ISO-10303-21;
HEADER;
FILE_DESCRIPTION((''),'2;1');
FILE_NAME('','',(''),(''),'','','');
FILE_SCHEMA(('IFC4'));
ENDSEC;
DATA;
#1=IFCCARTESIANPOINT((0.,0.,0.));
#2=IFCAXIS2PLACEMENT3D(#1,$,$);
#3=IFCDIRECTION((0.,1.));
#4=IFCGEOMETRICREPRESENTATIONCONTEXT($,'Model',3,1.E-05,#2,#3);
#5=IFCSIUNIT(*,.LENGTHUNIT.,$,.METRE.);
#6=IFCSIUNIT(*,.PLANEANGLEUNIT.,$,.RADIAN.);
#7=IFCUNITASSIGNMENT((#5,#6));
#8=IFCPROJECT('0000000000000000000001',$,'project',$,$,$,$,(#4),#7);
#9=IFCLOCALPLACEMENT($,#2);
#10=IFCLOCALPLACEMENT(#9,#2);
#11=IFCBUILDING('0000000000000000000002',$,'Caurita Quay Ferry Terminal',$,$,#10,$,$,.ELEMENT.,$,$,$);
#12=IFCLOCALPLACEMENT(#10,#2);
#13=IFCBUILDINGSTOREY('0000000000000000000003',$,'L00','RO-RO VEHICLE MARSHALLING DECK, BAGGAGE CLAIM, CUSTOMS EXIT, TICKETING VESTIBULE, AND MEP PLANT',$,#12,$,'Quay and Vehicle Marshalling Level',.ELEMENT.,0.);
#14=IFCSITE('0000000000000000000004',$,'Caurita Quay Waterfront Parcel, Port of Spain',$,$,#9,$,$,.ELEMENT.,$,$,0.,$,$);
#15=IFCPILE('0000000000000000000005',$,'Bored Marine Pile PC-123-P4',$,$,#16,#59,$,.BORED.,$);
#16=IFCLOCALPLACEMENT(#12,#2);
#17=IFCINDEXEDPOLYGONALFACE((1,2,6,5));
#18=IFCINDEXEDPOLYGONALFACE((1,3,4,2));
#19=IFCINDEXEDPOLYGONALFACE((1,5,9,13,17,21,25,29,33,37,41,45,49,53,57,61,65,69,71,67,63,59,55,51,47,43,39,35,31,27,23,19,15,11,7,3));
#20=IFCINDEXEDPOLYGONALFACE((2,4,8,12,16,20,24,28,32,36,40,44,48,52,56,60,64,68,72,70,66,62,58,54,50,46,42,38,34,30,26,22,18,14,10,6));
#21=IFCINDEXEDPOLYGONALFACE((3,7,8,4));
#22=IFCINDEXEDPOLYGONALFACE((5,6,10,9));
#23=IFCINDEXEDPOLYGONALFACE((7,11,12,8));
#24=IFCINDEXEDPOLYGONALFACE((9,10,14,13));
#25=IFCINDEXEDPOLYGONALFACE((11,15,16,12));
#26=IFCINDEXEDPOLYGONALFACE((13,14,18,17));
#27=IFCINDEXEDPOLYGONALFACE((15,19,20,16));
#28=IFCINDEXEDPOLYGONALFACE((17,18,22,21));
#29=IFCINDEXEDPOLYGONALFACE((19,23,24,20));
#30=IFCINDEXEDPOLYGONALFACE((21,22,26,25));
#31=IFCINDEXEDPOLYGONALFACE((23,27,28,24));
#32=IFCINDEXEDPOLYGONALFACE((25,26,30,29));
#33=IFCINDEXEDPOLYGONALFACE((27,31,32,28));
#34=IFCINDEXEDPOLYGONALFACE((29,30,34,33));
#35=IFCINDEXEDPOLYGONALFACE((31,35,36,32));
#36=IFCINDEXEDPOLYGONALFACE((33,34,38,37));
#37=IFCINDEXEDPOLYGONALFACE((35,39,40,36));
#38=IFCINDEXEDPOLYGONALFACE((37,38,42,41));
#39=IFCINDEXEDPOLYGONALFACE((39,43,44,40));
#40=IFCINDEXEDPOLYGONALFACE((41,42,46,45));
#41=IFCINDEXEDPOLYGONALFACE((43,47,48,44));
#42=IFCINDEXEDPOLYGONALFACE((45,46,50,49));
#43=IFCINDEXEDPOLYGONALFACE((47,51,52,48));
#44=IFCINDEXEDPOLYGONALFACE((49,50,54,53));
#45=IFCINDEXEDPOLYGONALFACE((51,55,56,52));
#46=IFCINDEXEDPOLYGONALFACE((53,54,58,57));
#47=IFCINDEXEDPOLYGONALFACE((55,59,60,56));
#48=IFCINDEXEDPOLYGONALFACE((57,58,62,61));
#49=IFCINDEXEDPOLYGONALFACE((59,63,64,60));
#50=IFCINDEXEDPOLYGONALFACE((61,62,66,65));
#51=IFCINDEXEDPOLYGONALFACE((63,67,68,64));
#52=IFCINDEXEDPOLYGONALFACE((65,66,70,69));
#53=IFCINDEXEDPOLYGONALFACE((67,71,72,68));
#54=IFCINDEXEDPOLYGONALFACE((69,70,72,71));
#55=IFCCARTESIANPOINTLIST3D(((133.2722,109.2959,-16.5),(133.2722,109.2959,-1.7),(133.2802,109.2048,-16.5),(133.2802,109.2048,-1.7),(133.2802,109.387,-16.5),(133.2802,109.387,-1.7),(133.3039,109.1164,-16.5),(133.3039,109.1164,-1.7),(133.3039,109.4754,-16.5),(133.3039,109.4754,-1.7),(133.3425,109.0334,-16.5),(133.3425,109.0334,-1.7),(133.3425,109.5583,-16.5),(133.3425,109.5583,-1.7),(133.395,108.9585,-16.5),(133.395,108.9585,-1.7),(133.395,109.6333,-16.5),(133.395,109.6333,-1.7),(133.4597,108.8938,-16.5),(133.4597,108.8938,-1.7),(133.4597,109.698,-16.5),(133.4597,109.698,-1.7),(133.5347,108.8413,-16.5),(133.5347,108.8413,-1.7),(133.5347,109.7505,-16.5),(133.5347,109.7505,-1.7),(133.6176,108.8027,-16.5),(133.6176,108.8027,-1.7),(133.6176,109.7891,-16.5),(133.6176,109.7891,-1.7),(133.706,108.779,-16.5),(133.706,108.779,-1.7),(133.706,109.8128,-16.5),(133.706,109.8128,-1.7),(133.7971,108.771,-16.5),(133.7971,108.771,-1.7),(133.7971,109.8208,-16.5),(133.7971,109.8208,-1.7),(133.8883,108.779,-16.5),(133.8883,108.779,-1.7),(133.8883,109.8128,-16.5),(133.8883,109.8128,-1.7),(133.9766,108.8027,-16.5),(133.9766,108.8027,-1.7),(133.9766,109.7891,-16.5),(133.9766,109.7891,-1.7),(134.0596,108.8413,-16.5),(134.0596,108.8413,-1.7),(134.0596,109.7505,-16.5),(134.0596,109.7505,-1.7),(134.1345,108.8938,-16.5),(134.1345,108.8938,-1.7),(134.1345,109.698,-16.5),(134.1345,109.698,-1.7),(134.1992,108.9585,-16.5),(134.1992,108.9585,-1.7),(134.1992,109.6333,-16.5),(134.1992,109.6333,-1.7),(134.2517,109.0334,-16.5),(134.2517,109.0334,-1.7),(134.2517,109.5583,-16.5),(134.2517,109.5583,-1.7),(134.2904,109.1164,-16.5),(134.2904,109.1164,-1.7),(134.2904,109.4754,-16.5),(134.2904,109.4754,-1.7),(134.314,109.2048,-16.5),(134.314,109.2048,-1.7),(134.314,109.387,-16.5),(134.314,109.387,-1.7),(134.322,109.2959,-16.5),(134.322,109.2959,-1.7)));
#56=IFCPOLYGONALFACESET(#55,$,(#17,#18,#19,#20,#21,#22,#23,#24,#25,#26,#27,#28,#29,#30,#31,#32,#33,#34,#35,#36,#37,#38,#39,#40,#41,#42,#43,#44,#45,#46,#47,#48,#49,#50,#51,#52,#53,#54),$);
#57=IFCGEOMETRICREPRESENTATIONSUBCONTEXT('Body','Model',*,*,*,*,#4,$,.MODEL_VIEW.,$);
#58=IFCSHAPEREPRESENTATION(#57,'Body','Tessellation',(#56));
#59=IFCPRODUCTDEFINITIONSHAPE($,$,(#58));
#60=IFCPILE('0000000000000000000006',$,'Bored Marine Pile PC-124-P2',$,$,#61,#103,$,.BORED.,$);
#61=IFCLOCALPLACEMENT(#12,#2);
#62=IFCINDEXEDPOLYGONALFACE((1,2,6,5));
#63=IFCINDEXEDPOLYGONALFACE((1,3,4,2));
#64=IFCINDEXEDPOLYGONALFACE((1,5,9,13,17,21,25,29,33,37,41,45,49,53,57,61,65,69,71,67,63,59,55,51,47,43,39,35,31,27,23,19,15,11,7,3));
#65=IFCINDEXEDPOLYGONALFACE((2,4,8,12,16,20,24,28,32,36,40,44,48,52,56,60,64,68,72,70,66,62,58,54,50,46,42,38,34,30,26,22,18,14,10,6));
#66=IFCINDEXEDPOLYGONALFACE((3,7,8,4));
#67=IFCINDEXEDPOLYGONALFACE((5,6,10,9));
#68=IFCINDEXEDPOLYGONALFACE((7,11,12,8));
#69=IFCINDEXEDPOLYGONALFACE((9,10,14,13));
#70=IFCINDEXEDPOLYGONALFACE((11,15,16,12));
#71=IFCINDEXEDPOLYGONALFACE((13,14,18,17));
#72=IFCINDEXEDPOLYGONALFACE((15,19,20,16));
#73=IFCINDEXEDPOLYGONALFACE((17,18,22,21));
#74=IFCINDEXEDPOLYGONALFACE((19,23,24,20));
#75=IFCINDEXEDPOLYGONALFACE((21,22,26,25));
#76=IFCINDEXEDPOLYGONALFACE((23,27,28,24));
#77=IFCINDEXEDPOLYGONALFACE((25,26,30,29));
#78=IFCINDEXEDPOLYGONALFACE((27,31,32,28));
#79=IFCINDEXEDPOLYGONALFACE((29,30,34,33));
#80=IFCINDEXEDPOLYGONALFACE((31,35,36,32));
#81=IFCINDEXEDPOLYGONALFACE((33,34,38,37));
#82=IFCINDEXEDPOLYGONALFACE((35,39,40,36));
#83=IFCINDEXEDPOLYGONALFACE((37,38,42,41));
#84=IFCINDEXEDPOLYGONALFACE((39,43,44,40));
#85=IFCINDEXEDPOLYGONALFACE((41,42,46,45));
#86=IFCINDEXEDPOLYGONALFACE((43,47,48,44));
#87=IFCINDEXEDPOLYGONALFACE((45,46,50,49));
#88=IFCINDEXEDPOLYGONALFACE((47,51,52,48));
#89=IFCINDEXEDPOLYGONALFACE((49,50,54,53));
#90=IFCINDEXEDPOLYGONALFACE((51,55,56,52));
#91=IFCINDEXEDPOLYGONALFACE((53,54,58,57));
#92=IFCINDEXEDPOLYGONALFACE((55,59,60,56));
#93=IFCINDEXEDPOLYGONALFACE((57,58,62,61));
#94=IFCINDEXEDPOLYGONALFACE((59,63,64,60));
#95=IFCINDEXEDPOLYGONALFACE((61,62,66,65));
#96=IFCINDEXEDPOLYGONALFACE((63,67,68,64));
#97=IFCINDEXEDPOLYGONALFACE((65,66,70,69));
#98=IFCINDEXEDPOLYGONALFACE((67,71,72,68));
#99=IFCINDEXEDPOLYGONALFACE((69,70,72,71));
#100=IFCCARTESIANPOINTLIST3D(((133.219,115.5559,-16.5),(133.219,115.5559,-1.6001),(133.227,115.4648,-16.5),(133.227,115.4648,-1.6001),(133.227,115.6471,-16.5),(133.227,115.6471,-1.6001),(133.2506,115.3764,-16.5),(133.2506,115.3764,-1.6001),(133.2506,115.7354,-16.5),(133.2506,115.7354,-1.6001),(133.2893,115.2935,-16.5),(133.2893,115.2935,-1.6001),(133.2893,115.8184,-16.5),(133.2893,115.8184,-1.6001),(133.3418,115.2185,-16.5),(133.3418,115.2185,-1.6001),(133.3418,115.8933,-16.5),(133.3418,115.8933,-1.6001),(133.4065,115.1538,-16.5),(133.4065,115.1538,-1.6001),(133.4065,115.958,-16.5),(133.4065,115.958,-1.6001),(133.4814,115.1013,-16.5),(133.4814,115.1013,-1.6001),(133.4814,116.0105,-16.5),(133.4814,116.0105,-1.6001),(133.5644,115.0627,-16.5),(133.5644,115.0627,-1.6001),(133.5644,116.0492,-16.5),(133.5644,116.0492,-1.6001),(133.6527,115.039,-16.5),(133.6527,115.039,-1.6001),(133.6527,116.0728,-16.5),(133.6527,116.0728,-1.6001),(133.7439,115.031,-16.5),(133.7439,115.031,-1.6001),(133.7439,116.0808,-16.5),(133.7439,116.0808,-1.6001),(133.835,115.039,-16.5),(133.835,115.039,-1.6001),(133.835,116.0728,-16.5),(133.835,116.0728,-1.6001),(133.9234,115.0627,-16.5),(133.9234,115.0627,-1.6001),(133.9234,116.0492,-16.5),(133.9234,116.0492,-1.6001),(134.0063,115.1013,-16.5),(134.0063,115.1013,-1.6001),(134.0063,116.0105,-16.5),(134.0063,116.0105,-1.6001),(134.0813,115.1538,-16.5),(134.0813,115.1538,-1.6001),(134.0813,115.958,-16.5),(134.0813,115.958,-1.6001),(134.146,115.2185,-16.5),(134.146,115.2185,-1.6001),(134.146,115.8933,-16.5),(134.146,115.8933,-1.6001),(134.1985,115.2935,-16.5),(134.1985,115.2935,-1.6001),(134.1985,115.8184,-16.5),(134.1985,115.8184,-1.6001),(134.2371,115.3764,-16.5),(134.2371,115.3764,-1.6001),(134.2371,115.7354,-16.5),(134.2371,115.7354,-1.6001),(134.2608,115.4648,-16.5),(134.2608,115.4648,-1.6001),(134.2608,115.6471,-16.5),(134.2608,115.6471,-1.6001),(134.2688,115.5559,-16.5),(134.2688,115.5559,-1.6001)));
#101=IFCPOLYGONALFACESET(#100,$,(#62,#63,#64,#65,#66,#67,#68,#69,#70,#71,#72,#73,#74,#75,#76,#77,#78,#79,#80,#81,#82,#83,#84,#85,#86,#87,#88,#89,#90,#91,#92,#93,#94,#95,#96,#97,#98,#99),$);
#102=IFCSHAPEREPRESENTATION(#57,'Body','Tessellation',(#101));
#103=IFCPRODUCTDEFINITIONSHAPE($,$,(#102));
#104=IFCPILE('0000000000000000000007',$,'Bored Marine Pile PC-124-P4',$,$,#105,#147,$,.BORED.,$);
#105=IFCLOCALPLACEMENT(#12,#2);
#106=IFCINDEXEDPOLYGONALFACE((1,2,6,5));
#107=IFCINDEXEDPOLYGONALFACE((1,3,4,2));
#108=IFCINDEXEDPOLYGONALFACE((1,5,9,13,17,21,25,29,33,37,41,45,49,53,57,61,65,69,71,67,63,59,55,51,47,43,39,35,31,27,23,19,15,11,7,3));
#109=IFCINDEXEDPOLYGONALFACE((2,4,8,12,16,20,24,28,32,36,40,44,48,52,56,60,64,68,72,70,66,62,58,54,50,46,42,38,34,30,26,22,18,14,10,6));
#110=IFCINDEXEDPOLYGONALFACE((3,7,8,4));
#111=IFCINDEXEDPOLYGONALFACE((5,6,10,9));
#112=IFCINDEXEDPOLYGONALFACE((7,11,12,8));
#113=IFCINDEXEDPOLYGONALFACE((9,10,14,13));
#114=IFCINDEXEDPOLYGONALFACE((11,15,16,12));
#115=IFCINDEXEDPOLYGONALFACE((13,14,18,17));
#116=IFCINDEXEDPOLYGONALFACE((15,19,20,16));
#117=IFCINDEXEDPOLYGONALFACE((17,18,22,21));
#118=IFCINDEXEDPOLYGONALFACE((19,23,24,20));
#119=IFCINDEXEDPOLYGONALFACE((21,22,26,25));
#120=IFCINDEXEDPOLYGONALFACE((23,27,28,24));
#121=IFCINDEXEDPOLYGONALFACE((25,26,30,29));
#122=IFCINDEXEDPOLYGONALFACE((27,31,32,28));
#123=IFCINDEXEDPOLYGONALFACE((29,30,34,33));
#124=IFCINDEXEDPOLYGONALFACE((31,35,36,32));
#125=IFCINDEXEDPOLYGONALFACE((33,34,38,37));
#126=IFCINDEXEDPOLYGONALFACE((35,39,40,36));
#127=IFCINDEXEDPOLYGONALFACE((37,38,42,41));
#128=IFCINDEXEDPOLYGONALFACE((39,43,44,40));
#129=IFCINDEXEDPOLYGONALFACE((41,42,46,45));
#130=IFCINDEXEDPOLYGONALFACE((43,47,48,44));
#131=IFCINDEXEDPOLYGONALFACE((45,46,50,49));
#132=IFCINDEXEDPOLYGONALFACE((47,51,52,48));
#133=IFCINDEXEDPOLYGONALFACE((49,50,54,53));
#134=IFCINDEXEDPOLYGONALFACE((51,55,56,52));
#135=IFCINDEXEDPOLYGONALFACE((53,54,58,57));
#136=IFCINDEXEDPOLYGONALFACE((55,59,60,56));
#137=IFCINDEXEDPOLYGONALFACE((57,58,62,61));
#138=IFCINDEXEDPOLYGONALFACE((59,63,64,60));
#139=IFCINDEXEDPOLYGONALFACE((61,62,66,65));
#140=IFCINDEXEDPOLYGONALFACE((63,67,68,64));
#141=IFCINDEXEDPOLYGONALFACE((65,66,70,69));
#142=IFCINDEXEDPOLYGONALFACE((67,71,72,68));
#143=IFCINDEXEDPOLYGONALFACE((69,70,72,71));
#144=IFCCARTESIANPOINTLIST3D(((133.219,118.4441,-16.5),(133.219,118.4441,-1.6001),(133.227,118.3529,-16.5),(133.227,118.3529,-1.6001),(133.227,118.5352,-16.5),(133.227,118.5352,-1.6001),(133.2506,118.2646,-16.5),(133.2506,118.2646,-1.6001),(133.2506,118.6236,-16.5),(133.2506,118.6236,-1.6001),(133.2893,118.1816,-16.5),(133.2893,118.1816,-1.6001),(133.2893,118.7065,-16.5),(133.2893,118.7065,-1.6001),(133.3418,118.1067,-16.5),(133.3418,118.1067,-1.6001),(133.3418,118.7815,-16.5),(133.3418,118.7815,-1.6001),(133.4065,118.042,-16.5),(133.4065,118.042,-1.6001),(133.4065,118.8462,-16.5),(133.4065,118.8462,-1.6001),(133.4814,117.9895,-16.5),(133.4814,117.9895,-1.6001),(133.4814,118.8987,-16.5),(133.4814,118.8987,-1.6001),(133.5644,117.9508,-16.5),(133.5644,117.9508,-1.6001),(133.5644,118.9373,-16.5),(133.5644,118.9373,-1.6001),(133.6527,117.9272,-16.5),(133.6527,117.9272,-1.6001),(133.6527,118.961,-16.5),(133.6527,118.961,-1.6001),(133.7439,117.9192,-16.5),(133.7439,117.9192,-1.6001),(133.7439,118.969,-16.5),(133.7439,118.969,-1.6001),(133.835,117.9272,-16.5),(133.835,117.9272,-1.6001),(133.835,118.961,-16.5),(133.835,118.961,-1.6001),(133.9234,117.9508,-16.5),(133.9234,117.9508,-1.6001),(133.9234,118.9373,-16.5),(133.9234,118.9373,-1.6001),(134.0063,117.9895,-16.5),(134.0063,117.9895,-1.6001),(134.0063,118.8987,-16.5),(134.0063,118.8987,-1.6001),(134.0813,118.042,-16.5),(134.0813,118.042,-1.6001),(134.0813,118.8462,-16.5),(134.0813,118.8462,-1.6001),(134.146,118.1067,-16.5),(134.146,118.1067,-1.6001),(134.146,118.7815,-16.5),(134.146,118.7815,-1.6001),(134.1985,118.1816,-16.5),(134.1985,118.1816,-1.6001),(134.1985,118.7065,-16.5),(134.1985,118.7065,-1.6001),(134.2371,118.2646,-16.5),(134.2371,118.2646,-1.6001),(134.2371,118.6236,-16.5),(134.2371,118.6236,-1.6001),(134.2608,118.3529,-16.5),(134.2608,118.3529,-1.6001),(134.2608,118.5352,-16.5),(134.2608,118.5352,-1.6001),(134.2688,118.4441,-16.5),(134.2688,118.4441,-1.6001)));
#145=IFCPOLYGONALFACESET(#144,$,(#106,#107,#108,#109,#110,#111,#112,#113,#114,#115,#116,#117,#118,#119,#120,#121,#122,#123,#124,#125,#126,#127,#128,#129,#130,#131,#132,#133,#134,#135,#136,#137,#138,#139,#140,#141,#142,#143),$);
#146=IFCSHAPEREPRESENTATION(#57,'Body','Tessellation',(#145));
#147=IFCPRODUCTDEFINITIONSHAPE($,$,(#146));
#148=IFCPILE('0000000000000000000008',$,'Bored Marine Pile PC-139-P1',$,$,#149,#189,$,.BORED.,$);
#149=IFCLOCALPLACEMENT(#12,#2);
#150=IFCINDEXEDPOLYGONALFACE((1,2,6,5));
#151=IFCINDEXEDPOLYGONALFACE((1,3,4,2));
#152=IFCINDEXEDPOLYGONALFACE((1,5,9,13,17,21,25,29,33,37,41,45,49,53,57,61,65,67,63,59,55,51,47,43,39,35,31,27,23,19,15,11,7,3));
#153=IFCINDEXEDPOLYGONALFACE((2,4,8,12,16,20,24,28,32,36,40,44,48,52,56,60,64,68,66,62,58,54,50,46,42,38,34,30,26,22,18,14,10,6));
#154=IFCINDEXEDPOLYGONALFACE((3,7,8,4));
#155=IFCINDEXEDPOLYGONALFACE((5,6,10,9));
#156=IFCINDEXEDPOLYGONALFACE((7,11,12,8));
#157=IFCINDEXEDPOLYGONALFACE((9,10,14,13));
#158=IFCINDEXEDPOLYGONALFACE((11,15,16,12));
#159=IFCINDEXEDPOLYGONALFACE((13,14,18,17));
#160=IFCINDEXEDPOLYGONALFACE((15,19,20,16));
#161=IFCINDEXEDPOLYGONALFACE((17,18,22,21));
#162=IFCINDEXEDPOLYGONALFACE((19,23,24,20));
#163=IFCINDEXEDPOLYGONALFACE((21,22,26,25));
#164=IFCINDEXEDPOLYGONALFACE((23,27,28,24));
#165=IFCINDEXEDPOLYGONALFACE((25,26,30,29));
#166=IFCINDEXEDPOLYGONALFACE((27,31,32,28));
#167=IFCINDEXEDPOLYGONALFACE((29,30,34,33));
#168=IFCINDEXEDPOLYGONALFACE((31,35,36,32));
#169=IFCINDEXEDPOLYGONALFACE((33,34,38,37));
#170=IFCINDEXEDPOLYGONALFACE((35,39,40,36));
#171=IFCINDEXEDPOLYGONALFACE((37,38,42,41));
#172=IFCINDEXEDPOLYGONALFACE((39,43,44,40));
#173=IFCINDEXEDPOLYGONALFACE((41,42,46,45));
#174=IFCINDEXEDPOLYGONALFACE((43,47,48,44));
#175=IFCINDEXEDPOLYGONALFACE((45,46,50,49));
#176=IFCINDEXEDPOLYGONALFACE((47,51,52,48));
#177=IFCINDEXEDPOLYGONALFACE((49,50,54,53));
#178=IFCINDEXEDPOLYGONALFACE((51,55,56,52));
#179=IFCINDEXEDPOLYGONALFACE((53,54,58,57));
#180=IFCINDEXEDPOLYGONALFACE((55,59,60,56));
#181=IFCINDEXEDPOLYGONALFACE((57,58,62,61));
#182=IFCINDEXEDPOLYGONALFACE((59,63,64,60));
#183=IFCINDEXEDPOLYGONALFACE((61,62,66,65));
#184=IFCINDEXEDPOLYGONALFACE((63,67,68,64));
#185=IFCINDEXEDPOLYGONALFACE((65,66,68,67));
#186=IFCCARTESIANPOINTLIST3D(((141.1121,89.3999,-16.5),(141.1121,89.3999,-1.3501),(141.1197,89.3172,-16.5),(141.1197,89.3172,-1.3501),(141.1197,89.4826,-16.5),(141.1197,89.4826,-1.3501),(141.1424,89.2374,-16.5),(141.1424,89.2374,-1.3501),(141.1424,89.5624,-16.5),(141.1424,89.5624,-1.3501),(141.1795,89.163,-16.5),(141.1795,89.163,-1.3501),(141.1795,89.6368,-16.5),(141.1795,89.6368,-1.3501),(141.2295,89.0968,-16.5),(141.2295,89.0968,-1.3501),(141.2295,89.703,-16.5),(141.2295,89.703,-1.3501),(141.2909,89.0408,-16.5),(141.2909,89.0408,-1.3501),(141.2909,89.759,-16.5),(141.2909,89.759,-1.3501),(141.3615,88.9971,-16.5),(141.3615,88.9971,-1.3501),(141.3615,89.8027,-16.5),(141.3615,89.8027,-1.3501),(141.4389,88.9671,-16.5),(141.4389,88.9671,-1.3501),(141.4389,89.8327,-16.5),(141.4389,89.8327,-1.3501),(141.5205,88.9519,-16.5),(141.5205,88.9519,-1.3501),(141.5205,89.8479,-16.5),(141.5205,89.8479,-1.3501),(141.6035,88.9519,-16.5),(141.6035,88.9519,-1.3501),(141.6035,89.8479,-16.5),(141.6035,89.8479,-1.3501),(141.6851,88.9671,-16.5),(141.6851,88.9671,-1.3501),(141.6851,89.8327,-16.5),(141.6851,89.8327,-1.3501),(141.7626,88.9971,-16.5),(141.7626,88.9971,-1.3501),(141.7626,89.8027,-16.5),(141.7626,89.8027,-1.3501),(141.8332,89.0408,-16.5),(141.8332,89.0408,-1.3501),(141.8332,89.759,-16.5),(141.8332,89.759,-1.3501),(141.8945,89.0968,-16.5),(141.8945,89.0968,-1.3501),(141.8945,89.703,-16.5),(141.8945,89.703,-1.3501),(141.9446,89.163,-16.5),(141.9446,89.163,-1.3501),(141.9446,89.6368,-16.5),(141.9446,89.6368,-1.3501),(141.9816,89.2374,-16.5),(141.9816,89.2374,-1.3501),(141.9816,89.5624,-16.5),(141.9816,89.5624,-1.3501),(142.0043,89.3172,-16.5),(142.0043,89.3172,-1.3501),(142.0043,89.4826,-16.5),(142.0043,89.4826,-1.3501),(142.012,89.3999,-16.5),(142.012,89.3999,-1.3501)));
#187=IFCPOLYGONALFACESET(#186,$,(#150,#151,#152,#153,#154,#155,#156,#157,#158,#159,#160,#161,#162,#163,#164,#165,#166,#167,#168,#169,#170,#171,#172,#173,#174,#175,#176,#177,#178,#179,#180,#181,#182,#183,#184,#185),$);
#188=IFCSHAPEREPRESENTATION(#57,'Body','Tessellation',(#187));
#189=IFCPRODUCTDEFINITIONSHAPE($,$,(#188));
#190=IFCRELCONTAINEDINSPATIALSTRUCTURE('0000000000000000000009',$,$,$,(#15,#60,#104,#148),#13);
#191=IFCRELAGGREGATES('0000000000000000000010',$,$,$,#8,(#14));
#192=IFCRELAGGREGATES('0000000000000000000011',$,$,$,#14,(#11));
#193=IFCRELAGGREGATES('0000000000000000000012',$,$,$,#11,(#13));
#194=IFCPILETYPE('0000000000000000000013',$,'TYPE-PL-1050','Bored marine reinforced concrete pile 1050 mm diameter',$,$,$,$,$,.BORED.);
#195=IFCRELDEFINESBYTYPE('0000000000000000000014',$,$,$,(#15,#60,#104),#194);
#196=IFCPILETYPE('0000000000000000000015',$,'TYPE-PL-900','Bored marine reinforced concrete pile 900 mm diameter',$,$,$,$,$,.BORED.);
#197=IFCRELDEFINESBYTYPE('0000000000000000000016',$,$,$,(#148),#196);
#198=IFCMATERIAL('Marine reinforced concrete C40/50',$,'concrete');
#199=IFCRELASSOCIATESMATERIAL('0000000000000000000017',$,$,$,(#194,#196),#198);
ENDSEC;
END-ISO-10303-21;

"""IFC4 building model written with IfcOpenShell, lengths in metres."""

from ifc_helpers import new_model, si_unit, direction, frame, origin, origin_2d, place, context, subcontext, project, spatial, circle, extrude, material, material_profile, profile_set, type_object, element, save


model = new_model("IFC4")

# Units and contexts
model_context = context("Model", 3, precision=1e-05, world=origin(), true_north=direction((0.0, 1.0)))
body_context = subcontext(model_context, "Body", "Model", "MODEL_VIEW")
ifc_project = project(units=[si_unit("LENGTHUNIT", "METRE"), si_unit("PLANEANGLEUNIT", "RADIAN")], contexts=[model_context])

# Site, building, storey
site_placement = place(None, origin())
site = spatial("IfcSite", under=ifc_project, at=site_placement, Name="Caurita Quay Waterfront Parcel, Port of Spain", CompositionType="ELEMENT", RefElevation=0.0)
building_placement = place(site_placement, origin())
building = spatial("IfcBuilding", under=site, at=building_placement, Name="Caurita Quay Ferry Terminal", CompositionType="ELEMENT")
storey_placement = place(building_placement, origin())
storey = spatial("IfcBuildingStorey", under=building, at=storey_placement, Name="L00", Description="RO-RO VEHICLE MARSHALLING DECK, BAGGAGE CLAIM, CUSTOMS EXIT, TICKETING VESTIBULE, AND MEP PLANT", LongName="Quay and Vehicle Marshalling Level", CompositionType="ELEMENT", Elevation=0.0)

# Piles
ifc_material_1 = material(Name="Marine reinforced concrete C40/50", Category="concrete")
ifc_material_profile_1 = material_profile(ifc_material_1, circle(Radius=0.5249, at=origin_2d()), Name="PILE-D1050")
ifc_profile_set_1 = profile_set([ifc_material_profile_1], Name="Marine reinforced concrete C40/50")
pile_type_1 = type_object("IfcPileType", Name="TYPE-PL-1050", Description="Bored marine reinforced concrete pile 1050 mm diameter", PredefinedType="BORED", material=ifc_profile_set_1)
for number, where, z_axis, x_axis, name in (
    (1, (133.7971, 109.2959, -1.7), (0.0, 0.0, -1.0), (1.0, 0.0, 0.0), "Bored Marine Pile PC-123-P4"),
):
    element("IfcPile", number, at=place(storey_placement, frame(where, z_axis=z_axis, x_axis=x_axis)), inside=storey, type_object=pile_type_1, Name=name, PredefinedType="BORED", context=body_context, shape_type="SweptSolid", body=[
        extrude(circle(Radius=0.5249, at=origin_2d()), origin(), (0.0, 0.0, 1.0), 14.8),
    ])
for number, where, z_axis, x_axis, name in (
    (2, (133.7439, 115.5559, -1.6001), (0.0, 0.0, -1.0), (1.0, 0.0, 0.0), "Bored Marine Pile PC-124-P2"),
    (3, (133.7439, 118.4441, -1.6001), (0.0, 0.0, -1.0), (1.0, 0.0, 0.0), "Bored Marine Pile PC-124-P4"),
):
    element("IfcPile", number, at=place(storey_placement, frame(where, z_axis=z_axis, x_axis=x_axis)), inside=storey, type_object=pile_type_1, Name=name, PredefinedType="BORED", context=body_context, shape_type="SweptSolid", body=[
        extrude(circle(Radius=0.5249, at=origin_2d()), origin(), (0.0, 0.0, 1.0), 14.8999),
    ])
ifc_material_profile_2 = material_profile(ifc_material_1, circle(Radius=0.45, at=origin_2d()), Name="PILE-D900")
ifc_profile_set_2 = profile_set([ifc_material_profile_2], Name="Marine reinforced concrete C40/50")
pile_type_2 = type_object("IfcPileType", Name="TYPE-PL-900", Description="Bored marine reinforced concrete pile 900 mm diameter", PredefinedType="BORED", material=ifc_profile_set_2)
for number, where, z_axis, x_axis, name in (
    (4, (141.562, 89.3999, -1.3501), (0.0, 0.0, -1.0), (1.0, 0.0, 0.0), "Bored Marine Pile PC-139-P1"),
):
    element("IfcPile", number, at=place(storey_placement, frame(where, z_axis=z_axis, x_axis=x_axis)), inside=storey, type_object=pile_type_2, Name=name, PredefinedType="BORED", context=body_context, shape_type="SweptSolid", body=[
        extrude(circle(Radius=0.45, at=origin_2d()), origin(), (0.0, 0.0, 1.0), 15.1499),
    ])

save(model, "model.ifc")
